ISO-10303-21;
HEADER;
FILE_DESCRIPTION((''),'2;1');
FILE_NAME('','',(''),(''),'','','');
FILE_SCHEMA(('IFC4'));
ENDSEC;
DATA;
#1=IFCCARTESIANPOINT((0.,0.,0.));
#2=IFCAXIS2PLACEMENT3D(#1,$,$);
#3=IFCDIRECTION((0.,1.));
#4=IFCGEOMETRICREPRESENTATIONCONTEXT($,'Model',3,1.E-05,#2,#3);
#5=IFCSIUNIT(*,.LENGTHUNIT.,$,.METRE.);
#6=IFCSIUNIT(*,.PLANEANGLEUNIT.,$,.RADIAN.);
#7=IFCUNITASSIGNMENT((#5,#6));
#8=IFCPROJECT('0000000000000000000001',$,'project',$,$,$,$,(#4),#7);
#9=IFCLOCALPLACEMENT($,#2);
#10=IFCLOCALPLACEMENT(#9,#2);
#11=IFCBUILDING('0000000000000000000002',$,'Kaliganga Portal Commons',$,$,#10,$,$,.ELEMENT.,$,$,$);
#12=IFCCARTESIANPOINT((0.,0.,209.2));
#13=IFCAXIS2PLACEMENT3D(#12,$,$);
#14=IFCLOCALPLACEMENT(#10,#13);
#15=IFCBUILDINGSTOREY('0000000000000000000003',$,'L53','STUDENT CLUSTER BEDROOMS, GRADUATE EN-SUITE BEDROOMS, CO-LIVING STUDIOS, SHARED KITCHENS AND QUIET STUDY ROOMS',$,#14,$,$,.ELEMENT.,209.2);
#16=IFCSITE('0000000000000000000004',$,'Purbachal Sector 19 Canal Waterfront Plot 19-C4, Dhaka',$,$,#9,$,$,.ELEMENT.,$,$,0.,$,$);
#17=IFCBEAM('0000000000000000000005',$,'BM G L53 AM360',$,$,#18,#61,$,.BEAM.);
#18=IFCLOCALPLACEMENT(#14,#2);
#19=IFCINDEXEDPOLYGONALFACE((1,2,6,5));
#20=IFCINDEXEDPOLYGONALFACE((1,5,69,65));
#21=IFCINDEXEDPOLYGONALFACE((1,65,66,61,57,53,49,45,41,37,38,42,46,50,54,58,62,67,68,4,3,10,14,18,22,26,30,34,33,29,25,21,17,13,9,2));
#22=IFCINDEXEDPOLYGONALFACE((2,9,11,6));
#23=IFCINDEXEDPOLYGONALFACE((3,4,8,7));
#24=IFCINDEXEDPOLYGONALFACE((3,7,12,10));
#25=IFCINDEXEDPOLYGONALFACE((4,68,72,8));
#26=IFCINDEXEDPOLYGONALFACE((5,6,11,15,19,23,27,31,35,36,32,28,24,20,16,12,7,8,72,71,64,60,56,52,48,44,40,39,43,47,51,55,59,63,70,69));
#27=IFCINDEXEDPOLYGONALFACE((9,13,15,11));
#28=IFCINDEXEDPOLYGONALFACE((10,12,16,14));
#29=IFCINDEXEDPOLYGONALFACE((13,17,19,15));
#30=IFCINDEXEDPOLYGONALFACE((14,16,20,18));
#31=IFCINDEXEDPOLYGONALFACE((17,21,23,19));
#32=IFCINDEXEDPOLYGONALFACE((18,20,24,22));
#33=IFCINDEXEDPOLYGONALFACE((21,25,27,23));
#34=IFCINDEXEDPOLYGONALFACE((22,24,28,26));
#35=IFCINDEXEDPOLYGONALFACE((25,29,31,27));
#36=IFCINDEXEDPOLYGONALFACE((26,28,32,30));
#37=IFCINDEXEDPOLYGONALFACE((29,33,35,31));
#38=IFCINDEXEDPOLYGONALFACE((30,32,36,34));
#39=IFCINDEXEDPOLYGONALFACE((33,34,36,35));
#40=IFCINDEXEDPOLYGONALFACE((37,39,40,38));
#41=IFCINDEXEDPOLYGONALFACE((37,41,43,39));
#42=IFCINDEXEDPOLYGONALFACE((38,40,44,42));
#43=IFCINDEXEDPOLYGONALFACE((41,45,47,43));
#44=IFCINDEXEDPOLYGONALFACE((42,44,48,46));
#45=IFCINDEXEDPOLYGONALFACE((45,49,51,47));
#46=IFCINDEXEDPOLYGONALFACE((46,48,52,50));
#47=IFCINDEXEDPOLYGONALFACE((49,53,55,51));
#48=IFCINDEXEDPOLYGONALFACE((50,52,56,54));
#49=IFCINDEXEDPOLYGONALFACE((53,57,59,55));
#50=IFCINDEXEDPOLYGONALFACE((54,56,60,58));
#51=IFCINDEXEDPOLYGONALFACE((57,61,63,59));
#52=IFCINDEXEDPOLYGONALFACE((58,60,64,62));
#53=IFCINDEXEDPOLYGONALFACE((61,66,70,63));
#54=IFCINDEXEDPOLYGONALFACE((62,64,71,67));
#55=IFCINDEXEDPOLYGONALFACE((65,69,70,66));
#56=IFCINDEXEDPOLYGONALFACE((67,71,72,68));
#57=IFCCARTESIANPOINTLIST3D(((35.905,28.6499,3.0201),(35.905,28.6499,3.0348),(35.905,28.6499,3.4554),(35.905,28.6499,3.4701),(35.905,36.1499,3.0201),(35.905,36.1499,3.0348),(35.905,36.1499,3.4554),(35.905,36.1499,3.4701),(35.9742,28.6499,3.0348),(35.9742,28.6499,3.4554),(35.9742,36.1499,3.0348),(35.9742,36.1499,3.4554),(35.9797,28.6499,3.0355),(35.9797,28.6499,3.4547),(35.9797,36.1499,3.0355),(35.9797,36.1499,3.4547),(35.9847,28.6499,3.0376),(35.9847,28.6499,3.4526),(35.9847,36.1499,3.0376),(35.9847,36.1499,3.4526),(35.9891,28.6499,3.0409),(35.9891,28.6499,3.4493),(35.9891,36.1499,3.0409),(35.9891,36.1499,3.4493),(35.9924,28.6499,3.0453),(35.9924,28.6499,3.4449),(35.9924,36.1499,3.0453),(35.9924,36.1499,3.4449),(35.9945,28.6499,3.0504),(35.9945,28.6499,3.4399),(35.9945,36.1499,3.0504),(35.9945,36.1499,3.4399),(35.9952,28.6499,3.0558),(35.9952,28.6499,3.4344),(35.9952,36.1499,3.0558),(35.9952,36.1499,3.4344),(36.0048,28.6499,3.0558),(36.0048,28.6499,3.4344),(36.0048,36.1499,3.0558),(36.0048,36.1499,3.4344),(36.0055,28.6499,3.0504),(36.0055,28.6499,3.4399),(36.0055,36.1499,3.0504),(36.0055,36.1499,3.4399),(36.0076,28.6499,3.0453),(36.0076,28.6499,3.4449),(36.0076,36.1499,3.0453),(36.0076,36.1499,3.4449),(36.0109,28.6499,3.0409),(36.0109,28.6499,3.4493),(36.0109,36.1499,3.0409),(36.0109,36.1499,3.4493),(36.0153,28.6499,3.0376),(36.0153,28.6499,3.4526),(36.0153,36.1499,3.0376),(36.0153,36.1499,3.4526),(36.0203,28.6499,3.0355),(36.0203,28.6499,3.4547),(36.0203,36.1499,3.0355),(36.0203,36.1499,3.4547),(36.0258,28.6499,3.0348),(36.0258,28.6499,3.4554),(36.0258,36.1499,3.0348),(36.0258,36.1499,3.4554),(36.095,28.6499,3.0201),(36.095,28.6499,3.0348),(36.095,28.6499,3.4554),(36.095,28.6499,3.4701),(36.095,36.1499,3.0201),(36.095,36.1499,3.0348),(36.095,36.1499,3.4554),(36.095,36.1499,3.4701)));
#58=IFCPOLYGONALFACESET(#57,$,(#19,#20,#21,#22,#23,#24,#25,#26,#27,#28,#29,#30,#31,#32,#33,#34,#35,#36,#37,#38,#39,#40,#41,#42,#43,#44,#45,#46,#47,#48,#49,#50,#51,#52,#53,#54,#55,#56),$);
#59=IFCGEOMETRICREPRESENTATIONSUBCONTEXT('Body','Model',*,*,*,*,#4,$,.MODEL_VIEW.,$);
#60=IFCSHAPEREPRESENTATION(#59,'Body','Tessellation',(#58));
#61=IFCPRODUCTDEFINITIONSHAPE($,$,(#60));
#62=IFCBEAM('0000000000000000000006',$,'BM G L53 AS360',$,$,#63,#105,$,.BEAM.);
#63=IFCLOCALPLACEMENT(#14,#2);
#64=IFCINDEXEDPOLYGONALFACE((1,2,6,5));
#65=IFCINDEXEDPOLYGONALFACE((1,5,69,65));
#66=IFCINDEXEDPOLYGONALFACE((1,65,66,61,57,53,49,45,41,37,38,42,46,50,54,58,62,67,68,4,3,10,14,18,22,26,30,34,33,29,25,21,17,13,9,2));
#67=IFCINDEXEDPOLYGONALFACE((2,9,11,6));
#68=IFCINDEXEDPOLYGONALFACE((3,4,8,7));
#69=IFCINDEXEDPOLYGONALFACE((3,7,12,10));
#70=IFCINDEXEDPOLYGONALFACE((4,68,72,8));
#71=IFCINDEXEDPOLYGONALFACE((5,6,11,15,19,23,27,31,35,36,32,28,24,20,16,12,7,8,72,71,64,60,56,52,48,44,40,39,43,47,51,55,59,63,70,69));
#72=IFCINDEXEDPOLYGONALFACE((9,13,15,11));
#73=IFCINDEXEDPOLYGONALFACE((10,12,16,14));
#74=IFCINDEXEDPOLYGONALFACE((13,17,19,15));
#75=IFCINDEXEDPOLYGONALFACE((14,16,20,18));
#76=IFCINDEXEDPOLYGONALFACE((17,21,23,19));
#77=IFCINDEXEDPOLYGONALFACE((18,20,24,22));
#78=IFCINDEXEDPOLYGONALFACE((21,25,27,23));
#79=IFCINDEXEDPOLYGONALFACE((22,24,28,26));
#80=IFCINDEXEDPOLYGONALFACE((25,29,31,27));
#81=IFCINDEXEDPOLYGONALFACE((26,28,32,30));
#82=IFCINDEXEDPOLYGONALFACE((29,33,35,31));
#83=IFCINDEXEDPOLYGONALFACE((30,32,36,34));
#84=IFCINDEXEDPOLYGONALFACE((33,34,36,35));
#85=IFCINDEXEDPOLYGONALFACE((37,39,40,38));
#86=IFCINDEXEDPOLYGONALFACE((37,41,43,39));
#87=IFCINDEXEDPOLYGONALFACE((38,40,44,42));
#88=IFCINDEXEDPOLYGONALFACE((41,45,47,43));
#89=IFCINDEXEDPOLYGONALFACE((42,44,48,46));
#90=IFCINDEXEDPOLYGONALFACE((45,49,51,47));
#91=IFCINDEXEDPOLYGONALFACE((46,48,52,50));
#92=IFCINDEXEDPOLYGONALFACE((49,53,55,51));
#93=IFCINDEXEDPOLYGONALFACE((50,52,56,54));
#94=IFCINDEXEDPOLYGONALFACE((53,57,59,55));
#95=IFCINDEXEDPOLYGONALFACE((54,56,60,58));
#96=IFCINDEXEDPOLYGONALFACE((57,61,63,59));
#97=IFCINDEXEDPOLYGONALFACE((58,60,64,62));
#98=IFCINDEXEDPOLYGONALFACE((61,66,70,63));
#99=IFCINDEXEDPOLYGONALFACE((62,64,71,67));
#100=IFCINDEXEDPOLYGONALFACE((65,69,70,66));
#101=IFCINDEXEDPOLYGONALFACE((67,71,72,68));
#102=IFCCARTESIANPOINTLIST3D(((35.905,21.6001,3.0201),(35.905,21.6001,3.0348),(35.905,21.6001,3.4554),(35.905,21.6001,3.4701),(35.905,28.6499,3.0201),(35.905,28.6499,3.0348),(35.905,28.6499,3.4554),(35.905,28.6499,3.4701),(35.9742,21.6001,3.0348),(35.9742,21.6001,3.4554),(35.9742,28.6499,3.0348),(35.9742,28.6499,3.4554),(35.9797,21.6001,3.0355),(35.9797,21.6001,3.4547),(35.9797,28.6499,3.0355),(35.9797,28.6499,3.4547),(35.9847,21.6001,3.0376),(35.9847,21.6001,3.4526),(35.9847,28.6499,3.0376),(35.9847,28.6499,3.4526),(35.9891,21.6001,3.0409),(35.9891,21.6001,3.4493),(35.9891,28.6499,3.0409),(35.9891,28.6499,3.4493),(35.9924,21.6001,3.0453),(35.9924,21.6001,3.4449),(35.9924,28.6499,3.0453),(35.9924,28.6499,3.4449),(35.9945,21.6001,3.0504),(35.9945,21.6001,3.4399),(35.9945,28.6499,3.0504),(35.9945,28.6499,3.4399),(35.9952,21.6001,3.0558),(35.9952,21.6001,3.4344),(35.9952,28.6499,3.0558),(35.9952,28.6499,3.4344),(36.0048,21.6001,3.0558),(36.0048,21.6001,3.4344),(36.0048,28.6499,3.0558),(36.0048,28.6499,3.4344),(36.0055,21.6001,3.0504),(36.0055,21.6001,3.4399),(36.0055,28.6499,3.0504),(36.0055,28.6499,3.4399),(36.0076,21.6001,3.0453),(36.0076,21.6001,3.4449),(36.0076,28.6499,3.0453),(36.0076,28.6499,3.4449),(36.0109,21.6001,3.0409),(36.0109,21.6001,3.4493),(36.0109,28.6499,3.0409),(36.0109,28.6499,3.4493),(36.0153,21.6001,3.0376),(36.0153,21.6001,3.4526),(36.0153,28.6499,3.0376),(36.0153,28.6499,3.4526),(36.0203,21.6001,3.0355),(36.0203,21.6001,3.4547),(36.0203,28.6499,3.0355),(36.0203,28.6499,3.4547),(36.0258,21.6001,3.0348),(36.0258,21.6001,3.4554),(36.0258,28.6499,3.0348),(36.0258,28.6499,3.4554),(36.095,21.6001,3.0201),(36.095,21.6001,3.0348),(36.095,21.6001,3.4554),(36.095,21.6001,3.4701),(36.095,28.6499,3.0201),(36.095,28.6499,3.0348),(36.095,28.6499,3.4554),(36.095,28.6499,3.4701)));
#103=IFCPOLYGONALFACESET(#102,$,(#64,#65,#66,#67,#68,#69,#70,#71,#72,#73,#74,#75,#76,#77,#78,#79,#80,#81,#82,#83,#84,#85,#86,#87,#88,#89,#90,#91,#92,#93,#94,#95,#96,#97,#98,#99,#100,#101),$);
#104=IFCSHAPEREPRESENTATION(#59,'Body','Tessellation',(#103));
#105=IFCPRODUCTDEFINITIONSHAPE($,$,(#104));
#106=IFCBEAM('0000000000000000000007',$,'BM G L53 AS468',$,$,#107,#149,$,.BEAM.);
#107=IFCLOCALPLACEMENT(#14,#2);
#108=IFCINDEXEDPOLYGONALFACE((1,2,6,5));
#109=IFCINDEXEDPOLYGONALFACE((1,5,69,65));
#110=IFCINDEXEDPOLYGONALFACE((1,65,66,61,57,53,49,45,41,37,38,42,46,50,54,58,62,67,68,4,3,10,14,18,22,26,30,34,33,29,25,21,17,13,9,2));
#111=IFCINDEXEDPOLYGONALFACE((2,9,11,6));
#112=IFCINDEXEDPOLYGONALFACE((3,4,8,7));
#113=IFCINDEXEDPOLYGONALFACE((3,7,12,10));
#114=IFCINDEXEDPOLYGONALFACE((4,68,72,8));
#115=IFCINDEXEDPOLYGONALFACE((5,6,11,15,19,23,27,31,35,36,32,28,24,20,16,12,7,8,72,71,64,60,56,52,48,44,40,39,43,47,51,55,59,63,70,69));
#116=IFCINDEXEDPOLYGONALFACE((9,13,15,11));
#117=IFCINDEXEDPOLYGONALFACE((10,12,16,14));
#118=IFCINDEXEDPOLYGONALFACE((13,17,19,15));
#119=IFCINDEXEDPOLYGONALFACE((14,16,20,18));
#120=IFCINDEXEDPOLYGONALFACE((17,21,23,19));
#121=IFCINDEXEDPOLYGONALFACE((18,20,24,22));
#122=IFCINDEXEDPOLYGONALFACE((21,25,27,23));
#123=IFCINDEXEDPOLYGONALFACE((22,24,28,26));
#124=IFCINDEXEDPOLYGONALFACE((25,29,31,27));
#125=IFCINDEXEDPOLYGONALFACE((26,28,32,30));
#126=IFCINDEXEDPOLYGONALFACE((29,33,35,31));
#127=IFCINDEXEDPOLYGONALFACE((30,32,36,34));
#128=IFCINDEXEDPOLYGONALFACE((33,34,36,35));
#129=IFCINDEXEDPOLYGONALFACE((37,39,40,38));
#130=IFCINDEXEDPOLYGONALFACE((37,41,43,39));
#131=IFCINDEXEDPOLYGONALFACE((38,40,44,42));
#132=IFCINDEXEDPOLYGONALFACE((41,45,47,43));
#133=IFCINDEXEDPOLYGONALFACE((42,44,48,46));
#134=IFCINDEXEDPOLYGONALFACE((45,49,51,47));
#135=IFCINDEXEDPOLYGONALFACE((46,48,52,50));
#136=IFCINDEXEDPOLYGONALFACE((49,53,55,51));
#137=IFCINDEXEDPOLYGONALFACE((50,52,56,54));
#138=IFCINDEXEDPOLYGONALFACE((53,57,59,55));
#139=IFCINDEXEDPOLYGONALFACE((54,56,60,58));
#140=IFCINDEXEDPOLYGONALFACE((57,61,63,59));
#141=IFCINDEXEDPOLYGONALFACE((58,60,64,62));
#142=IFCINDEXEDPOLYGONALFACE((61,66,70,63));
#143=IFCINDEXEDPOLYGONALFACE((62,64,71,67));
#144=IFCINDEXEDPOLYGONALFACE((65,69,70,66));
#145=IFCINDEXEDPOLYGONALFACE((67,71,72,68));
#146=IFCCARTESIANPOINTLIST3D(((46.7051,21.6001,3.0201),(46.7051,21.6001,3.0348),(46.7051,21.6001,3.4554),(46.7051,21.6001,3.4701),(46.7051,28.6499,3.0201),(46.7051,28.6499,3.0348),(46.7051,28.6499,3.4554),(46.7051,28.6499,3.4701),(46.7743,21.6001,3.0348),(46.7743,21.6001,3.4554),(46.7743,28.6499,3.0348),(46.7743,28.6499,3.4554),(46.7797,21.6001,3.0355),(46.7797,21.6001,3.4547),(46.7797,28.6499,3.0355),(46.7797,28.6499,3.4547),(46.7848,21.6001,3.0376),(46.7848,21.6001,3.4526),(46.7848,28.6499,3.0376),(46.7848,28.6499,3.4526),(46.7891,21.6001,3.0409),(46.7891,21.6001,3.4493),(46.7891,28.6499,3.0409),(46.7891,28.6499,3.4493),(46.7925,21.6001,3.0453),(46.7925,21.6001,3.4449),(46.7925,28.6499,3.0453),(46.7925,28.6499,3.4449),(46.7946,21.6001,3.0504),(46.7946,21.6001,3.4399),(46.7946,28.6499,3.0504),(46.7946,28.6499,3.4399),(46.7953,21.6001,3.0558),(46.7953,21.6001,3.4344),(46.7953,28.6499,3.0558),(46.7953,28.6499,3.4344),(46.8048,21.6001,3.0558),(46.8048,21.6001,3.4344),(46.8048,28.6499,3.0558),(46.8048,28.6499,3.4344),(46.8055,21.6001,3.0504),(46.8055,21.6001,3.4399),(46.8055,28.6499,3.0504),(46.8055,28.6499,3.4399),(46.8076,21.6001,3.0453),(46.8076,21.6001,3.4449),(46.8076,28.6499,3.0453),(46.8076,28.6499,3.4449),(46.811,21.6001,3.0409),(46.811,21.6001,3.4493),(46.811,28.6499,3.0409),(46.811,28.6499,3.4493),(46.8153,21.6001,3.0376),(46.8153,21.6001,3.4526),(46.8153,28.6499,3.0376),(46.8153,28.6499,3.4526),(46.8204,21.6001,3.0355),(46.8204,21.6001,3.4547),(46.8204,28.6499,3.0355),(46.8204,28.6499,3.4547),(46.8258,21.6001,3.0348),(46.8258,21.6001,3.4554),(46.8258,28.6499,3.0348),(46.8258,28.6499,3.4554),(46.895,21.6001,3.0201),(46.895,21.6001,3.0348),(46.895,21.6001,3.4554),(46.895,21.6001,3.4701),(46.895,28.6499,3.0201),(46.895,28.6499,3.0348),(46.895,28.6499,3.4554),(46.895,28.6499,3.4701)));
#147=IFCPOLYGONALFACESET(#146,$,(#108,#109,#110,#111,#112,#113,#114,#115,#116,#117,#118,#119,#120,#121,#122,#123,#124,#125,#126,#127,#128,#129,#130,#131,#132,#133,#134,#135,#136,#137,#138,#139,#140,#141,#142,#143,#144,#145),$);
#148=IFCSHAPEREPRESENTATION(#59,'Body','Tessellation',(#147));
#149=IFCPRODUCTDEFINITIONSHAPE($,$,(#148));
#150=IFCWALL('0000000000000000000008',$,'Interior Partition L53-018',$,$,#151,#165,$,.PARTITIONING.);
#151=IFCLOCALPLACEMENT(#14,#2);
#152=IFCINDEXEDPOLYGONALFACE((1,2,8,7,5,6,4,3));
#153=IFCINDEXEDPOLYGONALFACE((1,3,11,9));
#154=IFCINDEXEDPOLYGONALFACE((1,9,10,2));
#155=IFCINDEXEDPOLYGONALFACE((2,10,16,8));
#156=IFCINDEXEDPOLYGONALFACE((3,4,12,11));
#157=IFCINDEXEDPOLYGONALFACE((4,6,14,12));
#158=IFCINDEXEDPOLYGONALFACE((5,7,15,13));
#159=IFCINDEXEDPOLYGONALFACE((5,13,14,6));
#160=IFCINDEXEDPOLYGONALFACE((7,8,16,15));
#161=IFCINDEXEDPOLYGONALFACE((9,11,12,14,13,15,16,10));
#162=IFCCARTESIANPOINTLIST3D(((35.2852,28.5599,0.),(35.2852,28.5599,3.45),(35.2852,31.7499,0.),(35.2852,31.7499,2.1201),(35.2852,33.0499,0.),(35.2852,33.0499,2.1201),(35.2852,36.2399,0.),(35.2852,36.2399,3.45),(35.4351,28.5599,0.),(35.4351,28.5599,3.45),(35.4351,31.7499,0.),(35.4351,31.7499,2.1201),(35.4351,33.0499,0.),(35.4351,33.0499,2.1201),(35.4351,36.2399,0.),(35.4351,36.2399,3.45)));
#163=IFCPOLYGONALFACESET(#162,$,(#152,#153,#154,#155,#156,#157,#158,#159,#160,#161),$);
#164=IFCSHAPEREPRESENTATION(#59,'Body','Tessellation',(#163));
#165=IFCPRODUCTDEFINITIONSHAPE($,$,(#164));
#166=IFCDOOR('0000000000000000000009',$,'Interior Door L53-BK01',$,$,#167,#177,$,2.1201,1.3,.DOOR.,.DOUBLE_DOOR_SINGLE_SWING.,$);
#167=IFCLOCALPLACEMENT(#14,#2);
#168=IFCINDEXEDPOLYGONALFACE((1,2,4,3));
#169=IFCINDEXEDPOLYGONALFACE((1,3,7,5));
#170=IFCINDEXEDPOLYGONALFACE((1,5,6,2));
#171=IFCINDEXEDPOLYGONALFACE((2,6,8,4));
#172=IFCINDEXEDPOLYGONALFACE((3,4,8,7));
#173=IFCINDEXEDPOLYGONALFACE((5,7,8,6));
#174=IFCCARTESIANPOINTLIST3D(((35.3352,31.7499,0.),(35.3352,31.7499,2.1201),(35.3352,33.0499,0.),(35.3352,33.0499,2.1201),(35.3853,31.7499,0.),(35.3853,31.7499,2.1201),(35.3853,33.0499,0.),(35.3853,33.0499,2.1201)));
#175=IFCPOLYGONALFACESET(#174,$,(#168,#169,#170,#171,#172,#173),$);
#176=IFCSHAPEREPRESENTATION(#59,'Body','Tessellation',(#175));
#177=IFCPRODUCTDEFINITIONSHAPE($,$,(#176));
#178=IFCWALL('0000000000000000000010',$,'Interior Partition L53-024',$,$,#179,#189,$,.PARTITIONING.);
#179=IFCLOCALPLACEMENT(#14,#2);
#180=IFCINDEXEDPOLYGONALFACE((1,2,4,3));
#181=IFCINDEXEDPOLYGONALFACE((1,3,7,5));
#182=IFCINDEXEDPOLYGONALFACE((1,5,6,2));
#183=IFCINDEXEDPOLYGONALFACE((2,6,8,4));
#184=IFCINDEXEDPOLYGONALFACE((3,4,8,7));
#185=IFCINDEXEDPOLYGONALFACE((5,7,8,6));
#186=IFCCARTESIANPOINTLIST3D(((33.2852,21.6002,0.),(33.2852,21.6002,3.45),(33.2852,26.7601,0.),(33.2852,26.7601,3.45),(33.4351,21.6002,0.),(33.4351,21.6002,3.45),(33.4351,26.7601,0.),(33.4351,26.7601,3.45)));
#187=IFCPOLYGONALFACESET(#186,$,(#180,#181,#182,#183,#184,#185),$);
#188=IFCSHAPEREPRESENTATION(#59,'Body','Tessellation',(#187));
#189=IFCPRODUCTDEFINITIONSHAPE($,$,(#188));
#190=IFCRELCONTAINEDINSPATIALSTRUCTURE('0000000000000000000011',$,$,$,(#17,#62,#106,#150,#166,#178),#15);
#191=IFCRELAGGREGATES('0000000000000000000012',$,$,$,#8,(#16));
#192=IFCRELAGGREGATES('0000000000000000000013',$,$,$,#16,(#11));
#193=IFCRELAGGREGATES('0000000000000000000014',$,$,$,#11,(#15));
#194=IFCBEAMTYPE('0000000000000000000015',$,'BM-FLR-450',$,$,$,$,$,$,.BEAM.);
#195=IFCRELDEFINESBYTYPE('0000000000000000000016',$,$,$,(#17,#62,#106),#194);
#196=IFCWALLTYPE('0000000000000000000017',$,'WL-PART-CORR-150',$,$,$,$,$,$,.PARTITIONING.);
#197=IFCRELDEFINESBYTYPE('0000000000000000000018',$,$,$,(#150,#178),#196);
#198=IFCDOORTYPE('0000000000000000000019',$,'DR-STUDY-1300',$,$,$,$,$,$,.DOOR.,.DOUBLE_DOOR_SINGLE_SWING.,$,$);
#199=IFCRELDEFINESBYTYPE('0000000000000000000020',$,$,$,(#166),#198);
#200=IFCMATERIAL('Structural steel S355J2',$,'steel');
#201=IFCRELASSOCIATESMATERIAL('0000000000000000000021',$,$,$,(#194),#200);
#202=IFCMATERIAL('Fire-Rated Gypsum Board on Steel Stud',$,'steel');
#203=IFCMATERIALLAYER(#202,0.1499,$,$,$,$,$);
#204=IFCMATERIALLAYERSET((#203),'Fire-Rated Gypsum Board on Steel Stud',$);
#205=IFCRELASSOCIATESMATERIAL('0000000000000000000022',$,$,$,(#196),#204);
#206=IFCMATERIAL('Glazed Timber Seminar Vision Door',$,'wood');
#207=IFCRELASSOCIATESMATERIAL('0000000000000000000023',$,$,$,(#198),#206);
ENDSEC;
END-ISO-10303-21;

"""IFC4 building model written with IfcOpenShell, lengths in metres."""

from ifc_helpers import new_model, si_unit, direction, frame, frame_2d, origin, origin_2d, place, context, subcontext, project, spatial, rectangle, i_section, extrude, source, transform, mapped, material, layer, layer_set, material_profile, profile_set, type_object, element, fill, save


model = new_model("IFC4")

# Units and contexts
model_context = context("Model", 3, precision=1e-05, world=origin(), true_north=direction((0.0, 1.0)))
body_context = subcontext(model_context, "Body", "Model", "MODEL_VIEW")
ifc_project = project(units=[si_unit("LENGTHUNIT", "METRE"), si_unit("PLANEANGLEUNIT", "RADIAN")], contexts=[model_context])

# Site, building, storey
site_placement = place(None, origin())
site = spatial("IfcSite", under=ifc_project, at=site_placement, Name="Purbachal Sector 19 Canal Waterfront Plot 19-C4, Dhaka", CompositionType="ELEMENT", RefElevation=0.0)
building_placement = place(site_placement, origin())
building = spatial("IfcBuilding", under=site, at=building_placement, Name="Kaliganga Portal Commons", CompositionType="ELEMENT")
storey_placement = place(building_placement, frame((0.0, 0.0, 209.2)))
storey = spatial("IfcBuildingStorey", under=building, at=storey_placement, Name="L53", Description="STUDENT CLUSTER BEDROOMS, GRADUATE EN-SUITE BEDROOMS, CO-LIVING STUDIOS, SHARED KITCHENS AND QUIET STUDY ROOMS", CompositionType="ELEMENT", Elevation=209.2)

# Beams
ifc_material_1 = material(Name="Structural steel S355J2", Category="steel")
ifc_material_profile_1 = material_profile(ifc_material_1, i_section(OverallWidth=0.1899, OverallDepth=0.45, WebThickness=0.0095, FlangeThickness=0.0146, FilletRadius=0.021, at=origin_2d()), Name="IPE 450")
ifc_profile_set_1 = profile_set([ifc_material_profile_1], Name="Structural steel S355J2 wide-flange")
beam_type_1 = type_object("IfcBeamType", Name="BM-FLR-450", PredefinedType="BEAM", material=ifc_profile_set_1)
shared_shape_1 = source(origin(), body_context, "Body", "SweptSolid", [
    extrude(i_section(OverallWidth=0.1899, OverallDepth=0.45, WebThickness=0.0095, FlangeThickness=0.0146, FilletRadius=0.021, at=origin_2d()), origin(), (0.0, 0.0, 1.0), 7.5),
])
beam_1_placement = place(storey_placement, frame((36.0, 28.6499, 3.2451), z_axis=(0.0, 1.0, 0.0), x_axis=(-1.0, 0.0, 0.0)))
element("IfcBeam", 1, at=beam_1_placement, inside=storey, type_object=beam_type_1, Name="BM G L53 AM360", PredefinedType="BEAM", context=body_context, shape_type="MappedRepresentation", body=[
    mapped(shared_shape_1, transform((0.0, 0.0, 0.0), x_axis=(1.0, 0.0, 0.0), y_axis=(0.0, 1.0, 0.0), z_axis=(0.0, 0.0, 1.0), scale=1.0)),
])
shared_shape_2 = source(origin(), body_context, "Body", "SweptSolid", [
    extrude(i_section(OverallWidth=0.1899, OverallDepth=0.45, WebThickness=0.0095, FlangeThickness=0.0146, FilletRadius=0.021, at=origin_2d()), origin(), (0.0, 0.0, 1.0), 7.0498),
])
for number, where, z_axis, x_axis, name in (
    (2, (36.0, 21.6001, 3.2451), (0.0, 1.0, 0.0), (-1.0, 0.0, 0.0), "BM G L53 AS360"),
    (3, (46.8, 21.6001, 3.2451), (0.0, 1.0, 0.0), (-1.0, 0.0, 0.0), "BM G L53 AS468"),
):
    element("IfcBeam", number, at=place(storey_placement, frame(where, z_axis=z_axis, x_axis=x_axis)), inside=storey, type_object=beam_type_1, Name=name, PredefinedType="BEAM", context=body_context, shape_type="MappedRepresentation", body=[
        mapped(shared_shape_2, transform((0.0, 0.0, 0.0), x_axis=(1.0, 0.0, 0.0), y_axis=(0.0, 1.0, 0.0), z_axis=(0.0, 0.0, 1.0), scale=1.0)),
    ])

# Wall, opening, door
ifc_material_2 = material(Name="Fire-Rated Gypsum Board on Steel Stud", Category="steel")
ifc_layer_1 = layer(ifc_material_2, 0.1499)
ifc_layer_set_1 = layer_set([ifc_layer_1], Name="Fire-Rated Gypsum Board on Steel Stud")
wall_type_1 = type_object("IfcWallType", Name="WL-PART-CORR-150", PredefinedType="PARTITIONING", material=ifc_layer_set_1)
wall_1_placement = place(storey_placement, frame((35.3601, 28.5601, 0.0), z_axis=(0.0, 0.0, 1.0), x_axis=(0.0, 1.0, 0.0)))
wall_1 = element("IfcWall", 4, at=wall_1_placement, inside=storey, type_object=wall_type_1, Name="Interior Partition L53-018", PredefinedType="PARTITIONING", context=body_context, shape_type="SweptSolid", body=[
    extrude(rectangle(XDim=7.6799, YDim=0.1499, at=frame_2d((3.8398, 0.0))), origin(), (0.0, 0.0, 1.0), 3.45),
])
opening_placement = place(wall_1_placement, frame((3.1899, 0.0, 0.0)))
opening = element("IfcOpeningElement", 5, at=opening_placement, cuts=wall_1, PredefinedType="OPENING", context=body_context, shape_type="SweptSolid", body=[
    extrude(rectangle(XDim=1.3, YDim=2.1201, at=frame_2d((0.6499, 1.0601))), frame((0.0, 0.085, 0.0), z_axis=(0.0, -1.0, 0.0), x_axis=(1.0, 0.0, 0.0)), (0.0, 0.0, 1.0), 0.1699),
])
ifc_material_3 = material(Name="Glazed Timber Seminar Vision Door", Category="wood")
door_type = type_object("IfcDoorType", Name="DR-STUDY-1300", OperationType="DOUBLE_DOOR_SINGLE_SWING", PredefinedType="DOOR", material=ifc_material_3)
door_placement = place(opening_placement, origin())
door = element("IfcDoor", 6, at=door_placement, inside=storey, type_object=door_type, Name="Interior Door L53-BK01", OperationType="DOUBLE_DOOR_SINGLE_SWING", OverallHeight=2.1201, OverallWidth=1.3, PredefinedType="DOOR", context=body_context, shape_type="SweptSolid", body=[
    extrude(rectangle(XDim=1.3, YDim=2.1201, at=frame_2d((0.6499, 1.0601))), frame((0.0, 0.0249, 0.0), z_axis=(0.0, -1.0, 0.0), x_axis=(1.0, 0.0, 0.0)), (0.0, 0.0, 1.0), 0.05),
])
fill(opening, door)

# Wall
wall_2_placement = place(storey_placement, frame((33.3601, 21.6001, 0.0), z_axis=(0.0, 0.0, 1.0), x_axis=(0.0, 1.0, 0.0)))
element("IfcWall", 7, at=wall_2_placement, inside=storey, type_object=wall_type_1, Name="Interior Partition L53-024", PredefinedType="PARTITIONING", context=body_context, shape_type="SweptSolid", body=[
    extrude(rectangle(XDim=5.1599, YDim=0.1499, at=frame_2d((2.5801, 0.0))), origin(), (0.0, 0.0, 1.0), 3.45),
])

save(model, "model.ifc")
